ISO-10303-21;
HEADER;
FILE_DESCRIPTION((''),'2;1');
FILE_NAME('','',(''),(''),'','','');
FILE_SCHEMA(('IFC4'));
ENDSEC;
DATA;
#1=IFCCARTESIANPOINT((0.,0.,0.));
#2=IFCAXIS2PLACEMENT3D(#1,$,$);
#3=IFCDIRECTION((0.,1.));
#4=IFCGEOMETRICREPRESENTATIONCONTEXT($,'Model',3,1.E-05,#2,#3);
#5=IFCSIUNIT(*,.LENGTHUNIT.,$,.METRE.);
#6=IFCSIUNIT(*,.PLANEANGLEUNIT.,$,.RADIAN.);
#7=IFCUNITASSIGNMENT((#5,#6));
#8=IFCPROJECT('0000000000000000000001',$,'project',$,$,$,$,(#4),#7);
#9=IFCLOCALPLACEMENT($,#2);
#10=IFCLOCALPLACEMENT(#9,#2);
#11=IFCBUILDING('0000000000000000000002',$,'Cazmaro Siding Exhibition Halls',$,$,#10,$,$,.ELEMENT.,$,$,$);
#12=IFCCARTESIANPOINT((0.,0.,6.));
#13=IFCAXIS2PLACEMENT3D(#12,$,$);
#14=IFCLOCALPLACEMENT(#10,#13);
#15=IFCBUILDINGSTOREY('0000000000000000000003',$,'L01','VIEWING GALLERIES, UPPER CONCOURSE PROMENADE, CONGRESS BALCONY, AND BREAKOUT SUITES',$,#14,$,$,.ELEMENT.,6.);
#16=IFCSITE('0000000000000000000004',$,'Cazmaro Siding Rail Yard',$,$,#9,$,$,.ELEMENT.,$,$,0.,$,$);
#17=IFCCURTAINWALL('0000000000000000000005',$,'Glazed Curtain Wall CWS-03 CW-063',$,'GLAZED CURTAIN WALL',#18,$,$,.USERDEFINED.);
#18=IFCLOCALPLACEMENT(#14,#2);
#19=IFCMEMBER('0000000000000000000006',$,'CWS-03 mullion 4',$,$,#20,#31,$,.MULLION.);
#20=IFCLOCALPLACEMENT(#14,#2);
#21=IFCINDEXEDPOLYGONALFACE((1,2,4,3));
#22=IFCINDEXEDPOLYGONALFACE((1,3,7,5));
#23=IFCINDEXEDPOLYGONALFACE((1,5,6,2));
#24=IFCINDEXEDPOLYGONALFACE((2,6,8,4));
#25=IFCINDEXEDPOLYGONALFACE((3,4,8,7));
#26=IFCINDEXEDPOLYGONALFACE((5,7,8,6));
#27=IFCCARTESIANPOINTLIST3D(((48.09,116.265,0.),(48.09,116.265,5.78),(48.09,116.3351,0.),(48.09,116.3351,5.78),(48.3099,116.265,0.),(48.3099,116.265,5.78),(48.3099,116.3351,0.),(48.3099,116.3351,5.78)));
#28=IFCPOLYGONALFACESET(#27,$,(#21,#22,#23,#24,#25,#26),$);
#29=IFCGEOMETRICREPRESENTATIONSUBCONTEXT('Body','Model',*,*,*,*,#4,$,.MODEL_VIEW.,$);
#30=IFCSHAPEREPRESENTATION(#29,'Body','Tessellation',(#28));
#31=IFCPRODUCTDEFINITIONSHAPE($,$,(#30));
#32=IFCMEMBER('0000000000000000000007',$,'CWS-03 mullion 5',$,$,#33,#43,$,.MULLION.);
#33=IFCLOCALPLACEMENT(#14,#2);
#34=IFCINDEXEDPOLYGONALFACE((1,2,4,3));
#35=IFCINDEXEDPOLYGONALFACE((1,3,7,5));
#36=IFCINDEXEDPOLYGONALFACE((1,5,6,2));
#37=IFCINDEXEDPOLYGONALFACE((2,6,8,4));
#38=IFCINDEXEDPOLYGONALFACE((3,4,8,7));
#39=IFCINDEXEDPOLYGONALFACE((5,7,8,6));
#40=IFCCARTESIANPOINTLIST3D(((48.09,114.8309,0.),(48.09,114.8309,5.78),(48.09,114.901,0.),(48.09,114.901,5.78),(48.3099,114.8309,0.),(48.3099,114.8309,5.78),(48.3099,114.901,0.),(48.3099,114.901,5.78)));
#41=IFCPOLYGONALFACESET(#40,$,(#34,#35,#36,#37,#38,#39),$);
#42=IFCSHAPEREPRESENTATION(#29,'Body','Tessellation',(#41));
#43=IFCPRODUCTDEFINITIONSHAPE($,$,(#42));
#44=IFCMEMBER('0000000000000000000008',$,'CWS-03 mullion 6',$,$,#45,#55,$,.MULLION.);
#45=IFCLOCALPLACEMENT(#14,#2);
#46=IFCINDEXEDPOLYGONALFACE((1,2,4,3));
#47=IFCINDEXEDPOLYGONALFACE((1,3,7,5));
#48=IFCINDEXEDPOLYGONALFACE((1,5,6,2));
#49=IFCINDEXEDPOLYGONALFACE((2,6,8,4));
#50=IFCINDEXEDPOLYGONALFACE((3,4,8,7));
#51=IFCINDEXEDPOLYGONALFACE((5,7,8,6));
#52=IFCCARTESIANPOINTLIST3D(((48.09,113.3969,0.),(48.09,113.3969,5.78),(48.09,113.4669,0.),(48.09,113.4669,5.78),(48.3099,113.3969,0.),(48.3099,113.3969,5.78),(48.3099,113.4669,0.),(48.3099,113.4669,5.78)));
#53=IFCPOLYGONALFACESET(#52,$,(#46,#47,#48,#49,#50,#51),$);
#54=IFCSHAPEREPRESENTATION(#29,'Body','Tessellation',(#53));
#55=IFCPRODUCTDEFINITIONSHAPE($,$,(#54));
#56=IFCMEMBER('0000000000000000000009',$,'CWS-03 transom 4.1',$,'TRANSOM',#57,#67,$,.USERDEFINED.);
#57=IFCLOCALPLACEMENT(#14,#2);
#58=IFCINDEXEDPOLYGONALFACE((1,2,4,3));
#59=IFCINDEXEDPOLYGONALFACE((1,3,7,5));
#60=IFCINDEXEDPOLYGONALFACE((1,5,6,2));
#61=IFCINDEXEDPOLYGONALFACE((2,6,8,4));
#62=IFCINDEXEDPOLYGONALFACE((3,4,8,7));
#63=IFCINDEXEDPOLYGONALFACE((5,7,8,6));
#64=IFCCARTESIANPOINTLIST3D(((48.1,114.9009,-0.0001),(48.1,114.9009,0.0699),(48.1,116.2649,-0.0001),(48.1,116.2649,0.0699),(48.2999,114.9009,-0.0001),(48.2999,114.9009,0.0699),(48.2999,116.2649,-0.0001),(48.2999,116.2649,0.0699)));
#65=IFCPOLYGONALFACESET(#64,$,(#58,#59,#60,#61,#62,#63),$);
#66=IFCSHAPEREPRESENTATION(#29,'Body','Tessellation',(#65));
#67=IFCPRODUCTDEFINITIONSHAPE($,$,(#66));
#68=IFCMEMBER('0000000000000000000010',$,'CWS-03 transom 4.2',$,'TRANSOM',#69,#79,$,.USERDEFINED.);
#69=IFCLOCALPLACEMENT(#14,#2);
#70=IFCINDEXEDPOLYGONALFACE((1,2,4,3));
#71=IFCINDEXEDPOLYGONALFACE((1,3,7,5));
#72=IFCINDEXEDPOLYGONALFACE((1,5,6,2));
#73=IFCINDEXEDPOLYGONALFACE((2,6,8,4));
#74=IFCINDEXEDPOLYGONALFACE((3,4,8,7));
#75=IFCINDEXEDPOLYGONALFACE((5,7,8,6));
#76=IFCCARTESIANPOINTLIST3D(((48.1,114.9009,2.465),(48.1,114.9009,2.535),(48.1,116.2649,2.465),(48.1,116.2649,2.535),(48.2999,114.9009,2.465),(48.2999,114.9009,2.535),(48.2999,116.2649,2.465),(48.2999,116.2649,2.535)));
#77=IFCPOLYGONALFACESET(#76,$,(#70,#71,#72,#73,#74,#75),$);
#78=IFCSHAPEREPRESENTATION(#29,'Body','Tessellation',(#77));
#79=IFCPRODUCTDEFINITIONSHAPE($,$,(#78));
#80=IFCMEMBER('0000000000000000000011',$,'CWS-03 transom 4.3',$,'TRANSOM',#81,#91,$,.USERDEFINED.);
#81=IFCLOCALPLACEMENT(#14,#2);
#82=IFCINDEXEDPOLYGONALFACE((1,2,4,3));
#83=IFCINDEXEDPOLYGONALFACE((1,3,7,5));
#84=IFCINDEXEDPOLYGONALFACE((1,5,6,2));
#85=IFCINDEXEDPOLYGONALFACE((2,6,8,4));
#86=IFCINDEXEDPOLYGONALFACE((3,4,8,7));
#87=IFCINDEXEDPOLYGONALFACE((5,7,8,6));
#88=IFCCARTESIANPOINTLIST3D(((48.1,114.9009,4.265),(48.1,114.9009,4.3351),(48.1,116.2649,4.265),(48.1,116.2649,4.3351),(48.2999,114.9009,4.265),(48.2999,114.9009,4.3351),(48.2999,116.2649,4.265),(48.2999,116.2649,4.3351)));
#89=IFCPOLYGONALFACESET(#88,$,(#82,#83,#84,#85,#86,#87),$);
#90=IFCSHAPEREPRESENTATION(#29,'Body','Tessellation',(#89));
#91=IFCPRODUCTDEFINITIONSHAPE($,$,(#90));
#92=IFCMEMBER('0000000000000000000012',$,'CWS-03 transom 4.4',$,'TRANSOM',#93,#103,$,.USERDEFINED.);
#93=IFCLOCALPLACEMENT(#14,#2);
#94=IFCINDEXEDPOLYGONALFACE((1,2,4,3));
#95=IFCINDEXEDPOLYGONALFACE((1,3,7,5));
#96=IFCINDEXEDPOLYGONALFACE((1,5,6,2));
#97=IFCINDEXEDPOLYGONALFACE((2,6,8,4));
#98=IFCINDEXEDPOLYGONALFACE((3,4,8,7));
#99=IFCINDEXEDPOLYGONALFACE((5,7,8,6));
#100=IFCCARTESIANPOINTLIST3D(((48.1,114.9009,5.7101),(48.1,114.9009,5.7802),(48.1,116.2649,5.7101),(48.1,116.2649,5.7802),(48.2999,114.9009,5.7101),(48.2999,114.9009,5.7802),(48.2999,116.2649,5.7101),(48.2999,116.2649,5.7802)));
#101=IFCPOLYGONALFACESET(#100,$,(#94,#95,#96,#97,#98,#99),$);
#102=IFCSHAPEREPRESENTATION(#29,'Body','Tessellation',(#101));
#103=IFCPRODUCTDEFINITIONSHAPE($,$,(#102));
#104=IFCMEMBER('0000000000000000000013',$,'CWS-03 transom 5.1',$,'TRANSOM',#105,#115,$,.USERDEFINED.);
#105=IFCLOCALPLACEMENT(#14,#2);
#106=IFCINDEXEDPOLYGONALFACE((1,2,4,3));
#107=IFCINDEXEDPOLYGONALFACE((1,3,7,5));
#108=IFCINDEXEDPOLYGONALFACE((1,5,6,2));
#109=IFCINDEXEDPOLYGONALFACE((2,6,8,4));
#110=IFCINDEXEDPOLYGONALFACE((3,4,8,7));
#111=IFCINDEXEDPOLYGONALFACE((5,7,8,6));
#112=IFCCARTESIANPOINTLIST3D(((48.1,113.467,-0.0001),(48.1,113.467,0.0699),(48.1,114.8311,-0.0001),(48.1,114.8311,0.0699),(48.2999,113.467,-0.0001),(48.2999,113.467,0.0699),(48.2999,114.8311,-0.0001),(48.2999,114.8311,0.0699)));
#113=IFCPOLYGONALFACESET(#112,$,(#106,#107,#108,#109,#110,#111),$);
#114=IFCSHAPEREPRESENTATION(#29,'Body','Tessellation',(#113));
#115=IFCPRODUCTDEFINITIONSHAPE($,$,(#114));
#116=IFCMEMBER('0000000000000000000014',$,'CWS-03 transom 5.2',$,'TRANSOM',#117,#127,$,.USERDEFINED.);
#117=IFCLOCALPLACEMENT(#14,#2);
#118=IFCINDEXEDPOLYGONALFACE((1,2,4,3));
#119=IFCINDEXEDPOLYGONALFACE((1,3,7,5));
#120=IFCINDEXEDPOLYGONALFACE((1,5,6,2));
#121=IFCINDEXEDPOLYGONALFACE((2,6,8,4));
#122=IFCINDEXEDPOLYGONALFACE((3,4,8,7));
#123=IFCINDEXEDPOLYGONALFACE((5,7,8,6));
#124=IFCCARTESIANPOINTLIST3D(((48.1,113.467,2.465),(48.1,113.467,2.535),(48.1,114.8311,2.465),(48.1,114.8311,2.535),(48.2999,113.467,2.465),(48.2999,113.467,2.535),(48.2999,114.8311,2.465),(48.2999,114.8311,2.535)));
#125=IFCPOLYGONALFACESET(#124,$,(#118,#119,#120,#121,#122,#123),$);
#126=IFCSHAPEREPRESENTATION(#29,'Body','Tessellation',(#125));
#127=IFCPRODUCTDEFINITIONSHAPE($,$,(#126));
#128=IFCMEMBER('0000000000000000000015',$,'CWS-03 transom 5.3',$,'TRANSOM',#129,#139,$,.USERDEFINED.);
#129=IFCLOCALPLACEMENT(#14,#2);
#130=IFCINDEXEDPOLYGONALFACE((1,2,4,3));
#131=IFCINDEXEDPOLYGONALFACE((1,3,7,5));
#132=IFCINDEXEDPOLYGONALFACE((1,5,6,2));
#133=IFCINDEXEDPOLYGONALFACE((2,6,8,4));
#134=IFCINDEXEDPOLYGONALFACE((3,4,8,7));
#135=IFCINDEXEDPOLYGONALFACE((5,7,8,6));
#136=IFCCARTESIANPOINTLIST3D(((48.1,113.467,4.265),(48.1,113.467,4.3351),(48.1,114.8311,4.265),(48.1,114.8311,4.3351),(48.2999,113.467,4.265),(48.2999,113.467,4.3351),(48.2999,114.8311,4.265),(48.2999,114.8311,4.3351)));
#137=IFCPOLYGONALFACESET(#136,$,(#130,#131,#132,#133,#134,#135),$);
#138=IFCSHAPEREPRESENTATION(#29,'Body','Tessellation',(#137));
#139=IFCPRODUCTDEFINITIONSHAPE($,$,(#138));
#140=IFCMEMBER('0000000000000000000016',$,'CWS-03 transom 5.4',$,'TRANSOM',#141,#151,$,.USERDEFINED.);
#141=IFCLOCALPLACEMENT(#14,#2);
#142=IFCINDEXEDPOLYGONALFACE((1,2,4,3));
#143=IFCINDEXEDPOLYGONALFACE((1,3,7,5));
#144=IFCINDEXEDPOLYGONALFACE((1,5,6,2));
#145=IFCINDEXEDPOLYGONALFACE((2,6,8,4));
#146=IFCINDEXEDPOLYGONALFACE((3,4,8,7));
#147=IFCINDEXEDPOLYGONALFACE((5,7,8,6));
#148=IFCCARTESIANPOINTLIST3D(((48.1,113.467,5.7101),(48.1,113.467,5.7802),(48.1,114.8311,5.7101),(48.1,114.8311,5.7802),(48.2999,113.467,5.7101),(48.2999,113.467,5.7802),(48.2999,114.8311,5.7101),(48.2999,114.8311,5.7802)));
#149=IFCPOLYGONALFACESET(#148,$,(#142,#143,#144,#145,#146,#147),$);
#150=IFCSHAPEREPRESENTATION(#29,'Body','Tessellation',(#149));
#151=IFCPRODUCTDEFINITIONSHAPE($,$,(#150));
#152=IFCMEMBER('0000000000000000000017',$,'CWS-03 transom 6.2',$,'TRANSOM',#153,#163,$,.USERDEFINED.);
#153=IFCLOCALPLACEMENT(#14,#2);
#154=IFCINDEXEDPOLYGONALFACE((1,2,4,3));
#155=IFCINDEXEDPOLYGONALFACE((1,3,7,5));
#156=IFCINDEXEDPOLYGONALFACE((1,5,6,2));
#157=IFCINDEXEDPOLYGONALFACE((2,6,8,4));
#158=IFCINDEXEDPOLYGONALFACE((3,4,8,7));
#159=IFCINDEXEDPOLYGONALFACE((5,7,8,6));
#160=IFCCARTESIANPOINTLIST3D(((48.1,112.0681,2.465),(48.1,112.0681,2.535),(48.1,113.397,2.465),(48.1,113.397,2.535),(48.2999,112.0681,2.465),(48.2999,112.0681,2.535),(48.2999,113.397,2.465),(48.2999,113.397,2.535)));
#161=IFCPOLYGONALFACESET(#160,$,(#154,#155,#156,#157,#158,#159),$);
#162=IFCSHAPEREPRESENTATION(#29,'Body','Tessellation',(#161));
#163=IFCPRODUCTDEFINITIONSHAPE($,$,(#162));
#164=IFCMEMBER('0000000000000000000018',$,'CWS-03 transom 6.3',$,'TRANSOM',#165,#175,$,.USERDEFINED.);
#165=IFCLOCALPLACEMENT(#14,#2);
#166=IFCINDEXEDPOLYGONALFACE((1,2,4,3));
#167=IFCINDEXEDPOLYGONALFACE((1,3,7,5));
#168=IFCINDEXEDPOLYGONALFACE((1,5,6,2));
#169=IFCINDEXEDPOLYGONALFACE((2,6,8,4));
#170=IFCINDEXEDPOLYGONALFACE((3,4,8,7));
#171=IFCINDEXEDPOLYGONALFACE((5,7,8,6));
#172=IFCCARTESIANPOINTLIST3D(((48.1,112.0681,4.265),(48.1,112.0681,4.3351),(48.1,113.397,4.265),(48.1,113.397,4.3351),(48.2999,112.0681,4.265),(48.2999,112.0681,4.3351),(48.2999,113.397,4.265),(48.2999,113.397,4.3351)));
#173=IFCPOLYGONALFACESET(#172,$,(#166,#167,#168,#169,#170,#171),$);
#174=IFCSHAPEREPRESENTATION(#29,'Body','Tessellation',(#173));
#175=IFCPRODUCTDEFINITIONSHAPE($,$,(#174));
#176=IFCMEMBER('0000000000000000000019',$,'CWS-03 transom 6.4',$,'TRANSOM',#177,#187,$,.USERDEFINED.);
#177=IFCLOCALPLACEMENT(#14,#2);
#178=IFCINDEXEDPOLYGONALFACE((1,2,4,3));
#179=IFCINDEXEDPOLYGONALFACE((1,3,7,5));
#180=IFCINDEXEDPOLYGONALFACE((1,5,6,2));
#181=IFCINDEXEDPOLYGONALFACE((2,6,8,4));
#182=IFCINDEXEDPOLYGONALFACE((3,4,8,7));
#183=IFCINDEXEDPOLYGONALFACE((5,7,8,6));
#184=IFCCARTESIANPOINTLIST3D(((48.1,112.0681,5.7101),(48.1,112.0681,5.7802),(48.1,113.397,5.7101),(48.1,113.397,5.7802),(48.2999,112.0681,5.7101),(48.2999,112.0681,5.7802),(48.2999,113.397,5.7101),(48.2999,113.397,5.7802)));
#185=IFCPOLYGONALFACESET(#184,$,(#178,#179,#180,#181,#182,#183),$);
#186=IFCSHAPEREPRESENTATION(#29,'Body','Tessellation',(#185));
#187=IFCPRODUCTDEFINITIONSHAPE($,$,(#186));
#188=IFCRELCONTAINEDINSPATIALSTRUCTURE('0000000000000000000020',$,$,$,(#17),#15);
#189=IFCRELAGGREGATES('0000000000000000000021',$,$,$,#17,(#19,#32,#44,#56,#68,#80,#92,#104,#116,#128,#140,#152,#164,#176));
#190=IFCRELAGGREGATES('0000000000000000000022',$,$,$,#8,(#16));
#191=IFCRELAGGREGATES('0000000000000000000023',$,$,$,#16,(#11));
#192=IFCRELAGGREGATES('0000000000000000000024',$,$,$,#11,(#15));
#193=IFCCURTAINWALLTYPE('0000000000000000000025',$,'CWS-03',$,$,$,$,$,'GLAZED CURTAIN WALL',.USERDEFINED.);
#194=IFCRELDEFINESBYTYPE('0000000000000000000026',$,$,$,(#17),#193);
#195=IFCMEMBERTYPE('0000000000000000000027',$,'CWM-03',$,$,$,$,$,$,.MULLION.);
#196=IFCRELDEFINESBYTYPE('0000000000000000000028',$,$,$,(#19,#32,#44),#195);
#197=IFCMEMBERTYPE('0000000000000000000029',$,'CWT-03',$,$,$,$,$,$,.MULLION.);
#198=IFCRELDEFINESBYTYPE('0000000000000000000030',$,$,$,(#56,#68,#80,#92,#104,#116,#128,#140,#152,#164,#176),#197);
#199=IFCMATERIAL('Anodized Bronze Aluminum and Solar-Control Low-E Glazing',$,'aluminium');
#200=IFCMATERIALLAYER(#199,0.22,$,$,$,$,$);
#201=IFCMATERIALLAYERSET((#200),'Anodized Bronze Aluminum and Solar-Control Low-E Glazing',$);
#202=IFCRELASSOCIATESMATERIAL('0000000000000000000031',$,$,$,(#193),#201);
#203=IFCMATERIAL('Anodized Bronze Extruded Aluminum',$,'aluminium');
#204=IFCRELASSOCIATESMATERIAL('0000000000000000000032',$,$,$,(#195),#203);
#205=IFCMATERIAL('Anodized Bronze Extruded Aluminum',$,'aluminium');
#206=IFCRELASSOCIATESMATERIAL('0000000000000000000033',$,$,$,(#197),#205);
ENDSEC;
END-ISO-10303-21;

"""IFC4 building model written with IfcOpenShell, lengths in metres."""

from ifc_helpers import new_model, si_unit, direction, frame, origin, origin_2d, place, context, subcontext, project, spatial, rectangle, extrude, material, layer, layer_set, material_profile, profile_set, type_object, element, aggregate, save


model = new_model("IFC4")

# Units and contexts
model_context = context("Model", 3, precision=1e-05, world=origin(), true_north=direction((0.0, 1.0)))
body_context = subcontext(model_context, "Body", "Model", "MODEL_VIEW")
ifc_project = project(units=[si_unit("LENGTHUNIT", "METRE"), si_unit("PLANEANGLEUNIT", "RADIAN")], contexts=[model_context])

# Site, building, storey
site_placement = place(None, origin())
site = spatial("IfcSite", under=ifc_project, at=site_placement, Name="Cazmaro Siding Rail Yard", CompositionType="ELEMENT", RefElevation=0.0)
building_placement = place(site_placement, origin())
building = spatial("IfcBuilding", under=site, at=building_placement, Name="Cazmaro Siding Exhibition Halls", CompositionType="ELEMENT")
storey_placement = place(building_placement, frame((0.0, 0.0, 6.0)))
storey = spatial("IfcBuildingStorey", under=building, at=storey_placement, Name="L01", Description="VIEWING GALLERIES, UPPER CONCOURSE PROMENADE, CONGRESS BALCONY, AND BREAKOUT SUITES", CompositionType="ELEMENT", Elevation=6.0)

# Curtain wall, members
ifc_material_1 = material(Name="Anodized Bronze Aluminum and Solar-Control Low-E Glazing", Category="aluminium")
ifc_layer_1 = layer(ifc_material_1, 0.22)
ifc_layer_set_1 = layer_set([ifc_layer_1], Name="Anodized Bronze Aluminum and Solar-Control Low-E Glazing")
curtain_wall_type = type_object("IfcCurtainWallType", Name="CWS-03", ElementType="GLAZED CURTAIN WALL", PredefinedType="USERDEFINED", material=ifc_layer_set_1)
curtain_wall_placement = place(storey_placement, origin())
curtain_wall = element("IfcCurtainWall", 1, at=curtain_wall_placement, inside=storey, type_object=curtain_wall_type, Name="Glazed Curtain Wall CWS-03 CW-063", ObjectType="GLAZED CURTAIN WALL", PredefinedType="USERDEFINED")
ifc_material_2 = material(Name="Anodized Bronze Extruded Aluminum", Category="aluminium")
ifc_material_profile_1 = material_profile(ifc_material_2, rectangle(XDim=0.22, YDim=0.0701, at=origin_2d()), Name="CWM-03")
ifc_profile_set_1 = profile_set([ifc_material_profile_1], Name="Anodized Bronze Extruded Aluminum")
member_type_1 = type_object("IfcMemberType", Name="CWM-03", PredefinedType="MULLION", material=ifc_profile_set_1)
member_1_placement = place(storey_placement, frame((48.2, 116.3, 0.0), z_axis=(0.0, 0.0, 1.0), x_axis=(1.0, 0.0, 0.0)))
member_1 = element("IfcMember", 2, at=member_1_placement, type_object=member_type_1, Name="CWS-03 mullion 4", PredefinedType="MULLION", context=body_context, shape_type="SweptSolid", body=[
    extrude(rectangle(XDim=0.22, YDim=0.0701, at=origin_2d()), origin(), (0.0, 0.0, 1.0), 5.78),
])
member_2_placement = place(storey_placement, frame((48.2, 114.866, 0.0), z_axis=(0.0, 0.0, 1.0), x_axis=(1.0, 0.0, 0.0)))
member_2 = element("IfcMember", 3, at=member_2_placement, type_object=member_type_1, Name="CWS-03 mullion 5", PredefinedType="MULLION", context=body_context, shape_type="SweptSolid", body=[
    extrude(rectangle(XDim=0.22, YDim=0.0701, at=origin_2d()), origin(), (0.0, 0.0, 1.0), 5.78),
])
member_3_placement = place(storey_placement, frame((48.2, 113.4319, 0.0), z_axis=(0.0, 0.0, 1.0), x_axis=(1.0, 0.0, 0.0)))
member_3 = element("IfcMember", 4, at=member_3_placement, type_object=member_type_1, Name="CWS-03 mullion 6", PredefinedType="MULLION", context=body_context, shape_type="SweptSolid", body=[
    extrude(rectangle(XDim=0.22, YDim=0.0701, at=origin_2d()), origin(), (0.0, 0.0, 1.0), 5.78),
])
ifc_material_3 = material(Name="Anodized Bronze Extruded Aluminum", Category="aluminium")
ifc_material_profile_2 = material_profile(ifc_material_3, rectangle(XDim=0.2, YDim=0.0701, at=origin_2d()), Name="CWT-03")
ifc_profile_set_2 = profile_set([ifc_material_profile_2], Name="Anodized Bronze Extruded Aluminum")
member_type_2 = type_object("IfcMemberType", Name="CWT-03", PredefinedType="MULLION", material=ifc_profile_set_2)
member_4_placement = place(storey_placement, frame((48.2, 116.2649, 0.0349), z_axis=(0.0, -1.0, 0.0), x_axis=(1.0, 0.0, 0.0)))
member_4 = element("IfcMember", 5, at=member_4_placement, type_object=member_type_2, Name="CWS-03 transom 4.1", ObjectType="TRANSOM", PredefinedType="USERDEFINED", context=body_context, shape_type="SweptSolid", body=[
    extrude(rectangle(XDim=0.2, YDim=0.0701, at=origin_2d()), origin(), (0.0, 0.0, 1.0), 1.364),
])
member_5_placement = place(storey_placement, frame((48.2, 116.2649, 2.5), z_axis=(0.0, -1.0, 0.0), x_axis=(1.0, 0.0, 0.0)))
member_5 = element("IfcMember", 6, at=member_5_placement, type_object=member_type_2, Name="CWS-03 transom 4.2", ObjectType="TRANSOM", PredefinedType="USERDEFINED", context=body_context, shape_type="SweptSolid", body=[
    extrude(rectangle(XDim=0.2, YDim=0.0701, at=origin_2d()), origin(), (0.0, 0.0, 1.0), 1.364),
])
member_6_placement = place(storey_placement, frame((48.2, 116.2649, 4.3), z_axis=(0.0, -1.0, 0.0), x_axis=(1.0, 0.0, 0.0)))
member_6 = element("IfcMember", 7, at=member_6_placement, type_object=member_type_2, Name="CWS-03 transom 4.3", ObjectType="TRANSOM", PredefinedType="USERDEFINED", context=body_context, shape_type="SweptSolid", body=[
    extrude(rectangle(XDim=0.2, YDim=0.0701, at=origin_2d()), origin(), (0.0, 0.0, 1.0), 1.364),
])
member_7_placement = place(storey_placement, frame((48.2, 116.2649, 5.7451), z_axis=(0.0, -1.0, 0.0), x_axis=(1.0, 0.0, 0.0)))
member_7 = element("IfcMember", 8, at=member_7_placement, type_object=member_type_2, Name="CWS-03 transom 4.4", ObjectType="TRANSOM", PredefinedType="USERDEFINED", context=body_context, shape_type="SweptSolid", body=[
    extrude(rectangle(XDim=0.2, YDim=0.0701, at=origin_2d()), origin(), (0.0, 0.0, 1.0), 1.364),
])
member_8_placement = place(storey_placement, frame((48.2, 114.8311, 0.0349), z_axis=(0.0, -1.0, 0.0), x_axis=(1.0, 0.0, 0.0)))
member_8 = element("IfcMember", 9, at=member_8_placement, type_object=member_type_2, Name="CWS-03 transom 5.1", ObjectType="TRANSOM", PredefinedType="USERDEFINED", context=body_context, shape_type="SweptSolid", body=[
    extrude(rectangle(XDim=0.2, YDim=0.0701, at=origin_2d()), origin(), (0.0, 0.0, 1.0), 1.364),
])
member_9_placement = place(storey_placement, frame((48.2, 114.8311, 2.5), z_axis=(0.0, -1.0, 0.0), x_axis=(1.0, 0.0, 0.0)))
member_9 = element("IfcMember", 10, at=member_9_placement, type_object=member_type_2, Name="CWS-03 transom 5.2", ObjectType="TRANSOM", PredefinedType="USERDEFINED", context=body_context, shape_type="SweptSolid", body=[
    extrude(rectangle(XDim=0.2, YDim=0.0701, at=origin_2d()), origin(), (0.0, 0.0, 1.0), 1.364),
])
member_10_placement = place(storey_placement, frame((48.2, 114.8311, 4.3), z_axis=(0.0, -1.0, 0.0), x_axis=(1.0, 0.0, 0.0)))
member_10 = element("IfcMember", 11, at=member_10_placement, type_object=member_type_2, Name="CWS-03 transom 5.3", ObjectType="TRANSOM", PredefinedType="USERDEFINED", context=body_context, shape_type="SweptSolid", body=[
    extrude(rectangle(XDim=0.2, YDim=0.0701, at=origin_2d()), origin(), (0.0, 0.0, 1.0), 1.364),
])
member_11_placement = place(storey_placement, frame((48.2, 114.8311, 5.7451), z_axis=(0.0, -1.0, 0.0), x_axis=(1.0, 0.0, 0.0)))
member_11 = element("IfcMember", 12, at=member_11_placement, type_object=member_type_2, Name="CWS-03 transom 5.4", ObjectType="TRANSOM", PredefinedType="USERDEFINED", context=body_context, shape_type="SweptSolid", body=[
    extrude(rectangle(XDim=0.2, YDim=0.0701, at=origin_2d()), origin(), (0.0, 0.0, 1.0), 1.364),
])
member_12_placement = place(storey_placement, frame((48.2, 113.397, 2.5), z_axis=(0.0, -1.0, 0.0), x_axis=(1.0, 0.0, 0.0)))
member_12 = element("IfcMember", 13, at=member_12_placement, type_object=member_type_2, Name="CWS-03 transom 6.2", ObjectType="TRANSOM", PredefinedType="USERDEFINED", context=body_context, shape_type="SweptSolid", body=[
    extrude(rectangle(XDim=0.2, YDim=0.0701, at=origin_2d()), origin(), (0.0, 0.0, 1.0), 1.3289),
])
member_13_placement = place(storey_placement, frame((48.2, 113.397, 4.3), z_axis=(0.0, -1.0, 0.0), x_axis=(1.0, 0.0, 0.0)))
member_13 = element("IfcMember", 14, at=member_13_placement, type_object=member_type_2, Name="CWS-03 transom 6.3", ObjectType="TRANSOM", PredefinedType="USERDEFINED", context=body_context, shape_type="SweptSolid", body=[
    extrude(rectangle(XDim=0.2, YDim=0.0701, at=origin_2d()), origin(), (0.0, 0.0, 1.0), 1.3289),
])
member_14_placement = place(storey_placement, frame((48.2, 113.397, 5.7451), z_axis=(0.0, -1.0, 0.0), x_axis=(1.0, 0.0, 0.0)))
member_14 = element("IfcMember", 15, at=member_14_placement, type_object=member_type_2, Name="CWS-03 transom 6.4", ObjectType="TRANSOM", PredefinedType="USERDEFINED", context=body_context, shape_type="SweptSolid", body=[
    extrude(rectangle(XDim=0.2, YDim=0.0701, at=origin_2d()), origin(), (0.0, 0.0, 1.0), 1.3289),
])

aggregate(curtain_wall, [member_1, member_2, member_3, member_4, member_5, member_6, member_7, member_8, member_9, member_10, member_11, member_12, member_13, member_14])

save(model, "model.ifc")
